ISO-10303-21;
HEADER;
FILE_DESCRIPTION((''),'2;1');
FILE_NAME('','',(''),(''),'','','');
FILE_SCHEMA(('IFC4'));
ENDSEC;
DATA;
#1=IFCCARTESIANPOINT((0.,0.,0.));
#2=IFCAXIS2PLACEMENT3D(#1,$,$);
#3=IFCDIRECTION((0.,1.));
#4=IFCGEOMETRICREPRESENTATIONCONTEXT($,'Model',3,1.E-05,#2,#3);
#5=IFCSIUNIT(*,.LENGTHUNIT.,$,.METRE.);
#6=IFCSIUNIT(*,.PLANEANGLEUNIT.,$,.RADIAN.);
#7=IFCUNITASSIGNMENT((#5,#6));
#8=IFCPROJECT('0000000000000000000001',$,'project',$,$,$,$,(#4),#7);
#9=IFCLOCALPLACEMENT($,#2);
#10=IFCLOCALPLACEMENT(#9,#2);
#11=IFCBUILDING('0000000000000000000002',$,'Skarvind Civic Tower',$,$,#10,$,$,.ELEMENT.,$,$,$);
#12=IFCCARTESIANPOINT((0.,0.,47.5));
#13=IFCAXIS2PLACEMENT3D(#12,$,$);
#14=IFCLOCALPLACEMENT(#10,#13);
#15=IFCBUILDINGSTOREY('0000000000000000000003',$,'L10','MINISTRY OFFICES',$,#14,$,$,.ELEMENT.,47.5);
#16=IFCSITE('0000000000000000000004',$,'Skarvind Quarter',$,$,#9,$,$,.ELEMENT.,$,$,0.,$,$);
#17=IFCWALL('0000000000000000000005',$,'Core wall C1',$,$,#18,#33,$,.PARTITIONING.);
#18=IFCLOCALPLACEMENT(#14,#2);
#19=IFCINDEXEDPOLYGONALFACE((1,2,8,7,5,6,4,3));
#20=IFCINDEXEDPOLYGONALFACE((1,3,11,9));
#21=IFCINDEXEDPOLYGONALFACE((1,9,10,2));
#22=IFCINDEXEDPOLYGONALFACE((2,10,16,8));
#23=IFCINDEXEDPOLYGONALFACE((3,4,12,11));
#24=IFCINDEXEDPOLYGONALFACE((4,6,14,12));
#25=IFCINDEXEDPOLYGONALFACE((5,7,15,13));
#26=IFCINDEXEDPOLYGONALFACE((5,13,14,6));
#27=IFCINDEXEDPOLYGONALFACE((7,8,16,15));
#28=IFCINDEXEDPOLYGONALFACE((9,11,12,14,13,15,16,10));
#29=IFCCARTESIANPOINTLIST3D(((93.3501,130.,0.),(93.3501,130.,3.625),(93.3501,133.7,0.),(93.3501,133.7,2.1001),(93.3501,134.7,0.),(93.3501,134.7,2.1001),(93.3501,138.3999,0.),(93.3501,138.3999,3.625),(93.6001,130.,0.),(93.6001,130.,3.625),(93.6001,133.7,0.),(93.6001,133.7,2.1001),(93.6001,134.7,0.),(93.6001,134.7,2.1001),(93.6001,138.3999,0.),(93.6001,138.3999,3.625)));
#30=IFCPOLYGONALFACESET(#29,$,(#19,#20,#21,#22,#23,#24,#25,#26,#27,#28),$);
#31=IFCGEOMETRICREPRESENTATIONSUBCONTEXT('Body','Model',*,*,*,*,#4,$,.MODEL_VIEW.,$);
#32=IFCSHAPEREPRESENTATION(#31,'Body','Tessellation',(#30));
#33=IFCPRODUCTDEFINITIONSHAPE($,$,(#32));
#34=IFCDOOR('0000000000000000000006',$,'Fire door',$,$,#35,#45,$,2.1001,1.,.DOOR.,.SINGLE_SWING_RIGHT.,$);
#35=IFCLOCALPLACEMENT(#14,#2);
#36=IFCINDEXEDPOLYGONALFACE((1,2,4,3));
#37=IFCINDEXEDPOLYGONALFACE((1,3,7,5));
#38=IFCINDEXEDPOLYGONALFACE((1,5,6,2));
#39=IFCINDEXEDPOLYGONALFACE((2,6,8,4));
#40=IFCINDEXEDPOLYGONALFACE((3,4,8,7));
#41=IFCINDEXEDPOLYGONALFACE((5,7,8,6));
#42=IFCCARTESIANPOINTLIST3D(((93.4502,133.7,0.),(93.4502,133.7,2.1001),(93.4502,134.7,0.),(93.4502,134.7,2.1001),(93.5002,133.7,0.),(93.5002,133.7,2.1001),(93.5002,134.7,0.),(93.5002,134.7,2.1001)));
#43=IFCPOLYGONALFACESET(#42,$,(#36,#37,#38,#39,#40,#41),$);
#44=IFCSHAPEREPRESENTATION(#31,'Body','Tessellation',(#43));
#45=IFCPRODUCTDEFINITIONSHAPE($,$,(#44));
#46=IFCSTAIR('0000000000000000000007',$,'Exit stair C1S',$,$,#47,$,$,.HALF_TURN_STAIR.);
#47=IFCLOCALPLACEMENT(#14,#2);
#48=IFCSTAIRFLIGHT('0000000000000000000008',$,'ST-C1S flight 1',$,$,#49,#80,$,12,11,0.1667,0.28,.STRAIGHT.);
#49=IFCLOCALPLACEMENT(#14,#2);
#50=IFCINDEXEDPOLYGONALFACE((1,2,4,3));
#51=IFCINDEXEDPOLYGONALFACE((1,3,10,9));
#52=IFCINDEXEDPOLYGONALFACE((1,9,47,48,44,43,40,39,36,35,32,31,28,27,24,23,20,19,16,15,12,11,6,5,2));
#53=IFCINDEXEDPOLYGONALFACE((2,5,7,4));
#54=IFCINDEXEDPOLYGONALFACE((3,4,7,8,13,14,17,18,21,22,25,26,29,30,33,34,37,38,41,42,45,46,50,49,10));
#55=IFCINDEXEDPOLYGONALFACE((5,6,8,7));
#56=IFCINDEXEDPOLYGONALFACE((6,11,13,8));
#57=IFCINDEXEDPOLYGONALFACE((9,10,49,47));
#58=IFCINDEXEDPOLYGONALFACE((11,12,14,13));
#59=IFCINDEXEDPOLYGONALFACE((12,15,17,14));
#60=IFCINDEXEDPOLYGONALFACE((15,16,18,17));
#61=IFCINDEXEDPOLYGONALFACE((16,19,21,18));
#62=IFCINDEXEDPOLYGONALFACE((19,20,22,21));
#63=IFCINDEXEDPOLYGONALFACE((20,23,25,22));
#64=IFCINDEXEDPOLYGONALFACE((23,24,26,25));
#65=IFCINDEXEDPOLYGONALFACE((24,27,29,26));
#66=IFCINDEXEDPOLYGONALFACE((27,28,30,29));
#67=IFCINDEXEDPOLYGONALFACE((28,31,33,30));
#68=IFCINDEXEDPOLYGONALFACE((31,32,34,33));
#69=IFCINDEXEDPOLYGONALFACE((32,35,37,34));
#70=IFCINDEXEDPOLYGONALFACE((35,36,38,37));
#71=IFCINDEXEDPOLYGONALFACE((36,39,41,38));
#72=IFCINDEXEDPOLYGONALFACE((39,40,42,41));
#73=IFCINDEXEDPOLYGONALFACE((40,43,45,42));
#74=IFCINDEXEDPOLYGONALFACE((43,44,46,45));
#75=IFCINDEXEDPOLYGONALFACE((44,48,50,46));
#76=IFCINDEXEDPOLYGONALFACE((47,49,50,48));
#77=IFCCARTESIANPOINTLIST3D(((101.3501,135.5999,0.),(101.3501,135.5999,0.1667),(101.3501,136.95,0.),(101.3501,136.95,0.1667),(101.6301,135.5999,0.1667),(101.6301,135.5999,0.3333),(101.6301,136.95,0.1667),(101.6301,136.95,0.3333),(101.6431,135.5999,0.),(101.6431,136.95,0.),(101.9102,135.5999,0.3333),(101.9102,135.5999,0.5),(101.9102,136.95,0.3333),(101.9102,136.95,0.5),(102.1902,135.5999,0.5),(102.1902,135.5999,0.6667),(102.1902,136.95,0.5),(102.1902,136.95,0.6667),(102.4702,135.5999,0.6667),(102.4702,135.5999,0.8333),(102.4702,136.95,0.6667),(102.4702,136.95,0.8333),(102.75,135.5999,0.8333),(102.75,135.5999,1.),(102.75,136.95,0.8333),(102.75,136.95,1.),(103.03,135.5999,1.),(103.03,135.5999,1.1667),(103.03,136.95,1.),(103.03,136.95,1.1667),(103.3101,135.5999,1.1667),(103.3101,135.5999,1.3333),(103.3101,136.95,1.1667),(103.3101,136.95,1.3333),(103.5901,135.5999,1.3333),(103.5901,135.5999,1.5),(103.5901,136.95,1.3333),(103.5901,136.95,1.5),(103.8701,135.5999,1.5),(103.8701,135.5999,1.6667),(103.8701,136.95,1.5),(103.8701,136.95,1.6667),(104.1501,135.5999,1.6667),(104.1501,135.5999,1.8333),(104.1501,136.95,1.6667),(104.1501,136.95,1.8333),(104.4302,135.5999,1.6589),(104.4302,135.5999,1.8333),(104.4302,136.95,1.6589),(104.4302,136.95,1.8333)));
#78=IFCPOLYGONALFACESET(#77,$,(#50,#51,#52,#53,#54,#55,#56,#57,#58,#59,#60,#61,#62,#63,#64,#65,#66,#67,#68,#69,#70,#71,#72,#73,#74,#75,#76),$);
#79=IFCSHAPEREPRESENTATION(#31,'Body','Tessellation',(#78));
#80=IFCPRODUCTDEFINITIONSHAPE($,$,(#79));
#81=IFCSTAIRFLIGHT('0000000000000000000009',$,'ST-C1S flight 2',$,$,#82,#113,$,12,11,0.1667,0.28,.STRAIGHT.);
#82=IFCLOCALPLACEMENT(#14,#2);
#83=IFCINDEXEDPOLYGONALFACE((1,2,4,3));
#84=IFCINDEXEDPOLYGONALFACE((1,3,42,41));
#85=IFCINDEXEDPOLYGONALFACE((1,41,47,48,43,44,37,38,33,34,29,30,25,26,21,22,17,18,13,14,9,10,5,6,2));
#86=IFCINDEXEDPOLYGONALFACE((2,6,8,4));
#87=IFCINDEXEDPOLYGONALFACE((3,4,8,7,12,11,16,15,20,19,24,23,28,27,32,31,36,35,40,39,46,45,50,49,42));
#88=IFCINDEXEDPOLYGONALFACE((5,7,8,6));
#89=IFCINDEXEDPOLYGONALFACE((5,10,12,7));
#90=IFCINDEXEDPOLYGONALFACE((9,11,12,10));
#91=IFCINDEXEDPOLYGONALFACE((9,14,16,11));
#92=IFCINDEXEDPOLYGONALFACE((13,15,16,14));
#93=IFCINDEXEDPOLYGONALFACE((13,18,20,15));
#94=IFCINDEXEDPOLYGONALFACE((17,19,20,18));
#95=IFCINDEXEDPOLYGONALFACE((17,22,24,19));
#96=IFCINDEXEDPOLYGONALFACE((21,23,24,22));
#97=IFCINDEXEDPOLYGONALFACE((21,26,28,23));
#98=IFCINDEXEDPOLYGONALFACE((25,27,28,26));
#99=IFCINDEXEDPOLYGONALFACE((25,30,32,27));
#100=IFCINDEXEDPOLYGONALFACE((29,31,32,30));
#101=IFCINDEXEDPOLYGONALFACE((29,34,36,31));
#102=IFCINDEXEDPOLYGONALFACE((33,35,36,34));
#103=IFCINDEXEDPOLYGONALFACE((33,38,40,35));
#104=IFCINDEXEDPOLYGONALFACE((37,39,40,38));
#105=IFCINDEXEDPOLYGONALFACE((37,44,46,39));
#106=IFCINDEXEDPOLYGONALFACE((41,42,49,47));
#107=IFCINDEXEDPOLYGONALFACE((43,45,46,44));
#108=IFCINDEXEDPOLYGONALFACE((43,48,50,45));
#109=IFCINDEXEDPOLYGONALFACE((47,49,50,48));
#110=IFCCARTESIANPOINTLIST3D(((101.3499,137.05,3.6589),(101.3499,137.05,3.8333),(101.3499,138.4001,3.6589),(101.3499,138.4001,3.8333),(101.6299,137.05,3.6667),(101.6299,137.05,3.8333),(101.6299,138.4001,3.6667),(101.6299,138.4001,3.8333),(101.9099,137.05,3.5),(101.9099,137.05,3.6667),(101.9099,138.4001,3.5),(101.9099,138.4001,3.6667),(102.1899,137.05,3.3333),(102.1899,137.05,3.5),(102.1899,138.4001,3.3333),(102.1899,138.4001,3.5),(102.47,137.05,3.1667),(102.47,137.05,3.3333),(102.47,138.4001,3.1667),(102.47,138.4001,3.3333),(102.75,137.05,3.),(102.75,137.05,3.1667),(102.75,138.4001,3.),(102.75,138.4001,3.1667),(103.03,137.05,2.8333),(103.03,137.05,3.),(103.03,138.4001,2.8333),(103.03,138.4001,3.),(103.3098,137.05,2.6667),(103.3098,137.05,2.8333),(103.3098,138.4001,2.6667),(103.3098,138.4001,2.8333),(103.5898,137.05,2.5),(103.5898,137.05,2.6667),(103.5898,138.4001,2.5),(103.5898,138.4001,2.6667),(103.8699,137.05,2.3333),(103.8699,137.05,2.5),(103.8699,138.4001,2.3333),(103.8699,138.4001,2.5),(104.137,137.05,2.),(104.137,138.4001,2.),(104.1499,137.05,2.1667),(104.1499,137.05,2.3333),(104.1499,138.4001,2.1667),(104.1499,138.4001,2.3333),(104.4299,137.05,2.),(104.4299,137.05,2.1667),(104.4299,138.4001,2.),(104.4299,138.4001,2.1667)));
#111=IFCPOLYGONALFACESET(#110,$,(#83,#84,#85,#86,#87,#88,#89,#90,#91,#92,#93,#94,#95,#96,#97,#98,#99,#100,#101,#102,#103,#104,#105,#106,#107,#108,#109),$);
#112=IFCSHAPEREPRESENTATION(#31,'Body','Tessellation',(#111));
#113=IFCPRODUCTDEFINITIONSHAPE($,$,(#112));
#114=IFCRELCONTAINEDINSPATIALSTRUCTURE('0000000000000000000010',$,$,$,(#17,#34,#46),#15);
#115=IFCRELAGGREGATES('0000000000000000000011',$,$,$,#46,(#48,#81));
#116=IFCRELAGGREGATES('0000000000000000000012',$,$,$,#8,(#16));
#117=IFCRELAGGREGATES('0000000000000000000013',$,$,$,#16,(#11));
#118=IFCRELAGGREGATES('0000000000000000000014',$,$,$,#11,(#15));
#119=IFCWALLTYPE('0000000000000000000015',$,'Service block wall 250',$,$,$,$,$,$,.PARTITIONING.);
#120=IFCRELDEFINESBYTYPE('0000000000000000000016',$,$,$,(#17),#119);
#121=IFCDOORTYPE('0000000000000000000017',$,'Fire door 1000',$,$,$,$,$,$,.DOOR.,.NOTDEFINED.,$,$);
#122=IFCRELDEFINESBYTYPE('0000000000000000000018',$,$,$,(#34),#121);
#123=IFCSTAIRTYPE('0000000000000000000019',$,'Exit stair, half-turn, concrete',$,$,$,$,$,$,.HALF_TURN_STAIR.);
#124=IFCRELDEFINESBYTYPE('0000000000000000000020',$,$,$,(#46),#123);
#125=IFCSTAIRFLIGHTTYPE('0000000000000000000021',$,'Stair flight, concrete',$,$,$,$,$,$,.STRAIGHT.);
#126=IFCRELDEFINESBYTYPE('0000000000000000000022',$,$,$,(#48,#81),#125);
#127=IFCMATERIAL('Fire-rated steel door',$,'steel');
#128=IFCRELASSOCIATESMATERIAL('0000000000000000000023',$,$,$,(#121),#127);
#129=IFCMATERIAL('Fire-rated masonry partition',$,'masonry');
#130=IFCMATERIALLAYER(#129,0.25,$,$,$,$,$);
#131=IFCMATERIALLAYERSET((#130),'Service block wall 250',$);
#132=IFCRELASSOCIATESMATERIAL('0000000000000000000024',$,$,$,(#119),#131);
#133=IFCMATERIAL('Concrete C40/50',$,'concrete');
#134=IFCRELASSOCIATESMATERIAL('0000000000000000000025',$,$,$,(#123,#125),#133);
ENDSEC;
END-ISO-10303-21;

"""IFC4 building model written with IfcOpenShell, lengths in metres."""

from ifc_helpers import new_model, si_unit, direction, frame, frame_2d, origin, place, context, subcontext, project, spatial, polyline, rectangle, outline, extrude, material, layer, layer_set, type_object, element, fill, aggregate, save


model = new_model("IFC4")

# Units and contexts
model_context = context("Model", 3, precision=1e-05, world=origin(), true_north=direction((0.0, 1.0)))
body_context = subcontext(model_context, "Body", "Model", "MODEL_VIEW")
ifc_project = project(units=[si_unit("LENGTHUNIT", "METRE"), si_unit("PLANEANGLEUNIT", "RADIAN")], contexts=[model_context])

# Site, building, storey
site_placement = place(None, origin())
site = spatial("IfcSite", under=ifc_project, at=site_placement, Name="Skarvind Quarter", CompositionType="ELEMENT", RefElevation=0.0)
building_placement = place(site_placement, origin())
building = spatial("IfcBuilding", under=site, at=building_placement, Name="Skarvind Civic Tower", CompositionType="ELEMENT")
storey_placement = place(building_placement, frame((0.0, 0.0, 47.5)))
storey = spatial("IfcBuildingStorey", under=building, at=storey_placement, Name="L10", Description="MINISTRY OFFICES", CompositionType="ELEMENT", Elevation=47.5)

# Shared definitions
ifc_material_1 = material(Name="Fire-rated masonry partition", Category="masonry")
ifc_material_2 = material(Name="Fire-rated steel door", Category="steel")

# Shared definitions
door_type_1 = type_object("IfcDoorType", Name="Fire door 1000", OperationType="NOTDEFINED", PredefinedType="DOOR", material=ifc_material_2)

# Wall, opening, door
ifc_layer_1 = layer(ifc_material_1, 0.25)
ifc_layer_set_1 = layer_set([ifc_layer_1], Name="Service block wall 250")
wall_type_1 = type_object("IfcWallType", Name="Service block wall 250", PredefinedType="PARTITIONING", material=ifc_layer_set_1)
wall_1_placement = place(storey_placement, frame((93.4751, 130.0, 0.0), z_axis=(0.0, 0.0, 1.0), x_axis=(0.0, 1.0, 0.0)))
wall_1 = element("IfcWall", 1, at=wall_1_placement, inside=storey, type_object=wall_type_1, Name="Core wall C1", PredefinedType="PARTITIONING", context=body_context, shape_type="SweptSolid", body=[
    extrude(rectangle(XDim=8.3999, YDim=0.25, at=frame_2d((4.2, 0.0))), origin(), (0.0, 0.0, 1.0), 3.625),
])
opening_1_placement = place(wall_1_placement, frame((3.7, 0.0, 0.0)))
opening_1 = element("IfcOpeningElement", 2, at=opening_1_placement, cuts=wall_1, PredefinedType="OPENING", context=body_context, shape_type="SweptSolid", body=[
    extrude(rectangle(XDim=1.0, YDim=2.1001, at=frame_2d((0.5, 1.05))), frame((0.0, 0.135, 0.0), z_axis=(0.0, -1.0, 0.0), x_axis=(1.0, 0.0, 0.0)), (0.0, 0.0, 1.0), 0.27),
])
door_1_placement = place(opening_1_placement, origin())
door_1 = element("IfcDoor", 3, at=door_1_placement, inside=storey, type_object=door_type_1, Name="Fire door", OperationType="SINGLE_SWING_RIGHT", OverallHeight=2.1001, OverallWidth=1.0, PredefinedType="DOOR", context=body_context, shape_type="SweptSolid", body=[
    extrude(rectangle(XDim=1.0, YDim=2.1001, at=frame_2d((0.5, 1.05))), frame((0.0, 0.0249, 0.0), z_axis=(0.0, -1.0, 0.0), x_axis=(1.0, 0.0, 0.0)), (0.0, 0.0, 1.0), 0.05),
])
fill(opening_1, door_1)

# Stair, stair flights
ifc_material_3 = material(Name="Concrete C40/50", Category="concrete")
stair_type = type_object("IfcStairType", Name="Exit stair, half-turn, concrete", PredefinedType="HALF_TURN_STAIR", material=ifc_material_3)
stair_placement = place(storey_placement, origin())
stair = element("IfcStair", 4, at=stair_placement, inside=storey, type_object=stair_type, Name="Exit stair C1S", PredefinedType="HALF_TURN_STAIR")
stair_flight_type = type_object("IfcStairFlightType", Name="Stair flight, concrete", PredefinedType="STRAIGHT", material=ifc_material_3)
stair_flight_1_placement = place(storey_placement, frame((101.3501, 136.2749, 0.0), z_axis=(0.0, 0.0, 1.0), x_axis=(1.0, 0.0, 0.0)))
stair_flight_1 = element("IfcStairFlight", 5, at=stair_flight_1_placement, type_object=stair_flight_type, Name="ST-C1S flight 1", NumberOfRisers=12, NumberOfTreads=11, PredefinedType="STRAIGHT", RiserHeight=0.1667, TreadLength=0.28, context=body_context, shape_type="SweptSolid", body=[
    extrude(outline(polyline([(0.0, 0.0), (0.0, 0.1667), (0.28, 0.1667), (0.28, 0.3333), (0.5601, 0.3333), (0.5601, 0.5), (0.8401, 0.5), (0.8401, 0.6667), (1.1201, 0.6667), (1.1201, 0.8333), (1.3999, 0.8333), (1.3999, 1.0), (1.6799, 1.0), (1.6799, 1.1667), (1.96, 1.1667), (1.96, 1.3333), (2.24, 1.3333), (2.24, 1.5), (2.52, 1.5), (2.52, 1.6667), (2.8, 1.6667), (2.8, 1.8333), (3.0801, 1.8333), (3.0801, 2.0), (3.0801, 1.6589), (0.293, 0.0), (0.0, 0.0)])), frame((0.0, 0.675, 0.0), z_axis=(0.0, -1.0, 0.0), x_axis=(1.0, 0.0, 0.0)), (0.0, 0.0, 1.0), 1.3501),
])
stair_flight_2_placement = place(storey_placement, frame((104.4299, 137.7251, 2.0), z_axis=(0.0, 0.0, 1.0), x_axis=(-1.0, 0.0, 0.0)))
stair_flight_2 = element("IfcStairFlight", 6, at=stair_flight_2_placement, type_object=stair_flight_type, Name="ST-C1S flight 2", NumberOfRisers=12, NumberOfTreads=11, PredefinedType="STRAIGHT", RiserHeight=0.1667, TreadLength=0.28, context=body_context, shape_type="SweptSolid", body=[
    extrude(outline(polyline([(0.0, 0.0), (0.0, 0.1667), (0.28, 0.1667), (0.28, 0.3333), (0.5601, 0.3333), (0.5601, 0.5), (0.8401, 0.5), (0.8401, 0.6667), (1.1201, 0.6667), (1.1201, 0.8333), (1.3999, 0.8333), (1.3999, 1.0), (1.6799, 1.0), (1.6799, 1.1667), (1.96, 1.1667), (1.96, 1.3333), (2.24, 1.3333), (2.24, 1.5), (2.52, 1.5), (2.52, 1.6667), (2.8, 1.6667), (2.8, 1.8333), (3.0801, 1.8333), (3.0801, 2.0), (3.0801, 1.6589), (0.293, 0.0), (0.0, 0.0)])), frame((0.0, 0.675, 0.0), z_axis=(0.0, -1.0, 0.0), x_axis=(1.0, 0.0, 0.0)), (0.0, 0.0, 1.0), 1.3501),
])
aggregate(stair, [stair_flight_1, stair_flight_2])

save(model, "model.ifc")
